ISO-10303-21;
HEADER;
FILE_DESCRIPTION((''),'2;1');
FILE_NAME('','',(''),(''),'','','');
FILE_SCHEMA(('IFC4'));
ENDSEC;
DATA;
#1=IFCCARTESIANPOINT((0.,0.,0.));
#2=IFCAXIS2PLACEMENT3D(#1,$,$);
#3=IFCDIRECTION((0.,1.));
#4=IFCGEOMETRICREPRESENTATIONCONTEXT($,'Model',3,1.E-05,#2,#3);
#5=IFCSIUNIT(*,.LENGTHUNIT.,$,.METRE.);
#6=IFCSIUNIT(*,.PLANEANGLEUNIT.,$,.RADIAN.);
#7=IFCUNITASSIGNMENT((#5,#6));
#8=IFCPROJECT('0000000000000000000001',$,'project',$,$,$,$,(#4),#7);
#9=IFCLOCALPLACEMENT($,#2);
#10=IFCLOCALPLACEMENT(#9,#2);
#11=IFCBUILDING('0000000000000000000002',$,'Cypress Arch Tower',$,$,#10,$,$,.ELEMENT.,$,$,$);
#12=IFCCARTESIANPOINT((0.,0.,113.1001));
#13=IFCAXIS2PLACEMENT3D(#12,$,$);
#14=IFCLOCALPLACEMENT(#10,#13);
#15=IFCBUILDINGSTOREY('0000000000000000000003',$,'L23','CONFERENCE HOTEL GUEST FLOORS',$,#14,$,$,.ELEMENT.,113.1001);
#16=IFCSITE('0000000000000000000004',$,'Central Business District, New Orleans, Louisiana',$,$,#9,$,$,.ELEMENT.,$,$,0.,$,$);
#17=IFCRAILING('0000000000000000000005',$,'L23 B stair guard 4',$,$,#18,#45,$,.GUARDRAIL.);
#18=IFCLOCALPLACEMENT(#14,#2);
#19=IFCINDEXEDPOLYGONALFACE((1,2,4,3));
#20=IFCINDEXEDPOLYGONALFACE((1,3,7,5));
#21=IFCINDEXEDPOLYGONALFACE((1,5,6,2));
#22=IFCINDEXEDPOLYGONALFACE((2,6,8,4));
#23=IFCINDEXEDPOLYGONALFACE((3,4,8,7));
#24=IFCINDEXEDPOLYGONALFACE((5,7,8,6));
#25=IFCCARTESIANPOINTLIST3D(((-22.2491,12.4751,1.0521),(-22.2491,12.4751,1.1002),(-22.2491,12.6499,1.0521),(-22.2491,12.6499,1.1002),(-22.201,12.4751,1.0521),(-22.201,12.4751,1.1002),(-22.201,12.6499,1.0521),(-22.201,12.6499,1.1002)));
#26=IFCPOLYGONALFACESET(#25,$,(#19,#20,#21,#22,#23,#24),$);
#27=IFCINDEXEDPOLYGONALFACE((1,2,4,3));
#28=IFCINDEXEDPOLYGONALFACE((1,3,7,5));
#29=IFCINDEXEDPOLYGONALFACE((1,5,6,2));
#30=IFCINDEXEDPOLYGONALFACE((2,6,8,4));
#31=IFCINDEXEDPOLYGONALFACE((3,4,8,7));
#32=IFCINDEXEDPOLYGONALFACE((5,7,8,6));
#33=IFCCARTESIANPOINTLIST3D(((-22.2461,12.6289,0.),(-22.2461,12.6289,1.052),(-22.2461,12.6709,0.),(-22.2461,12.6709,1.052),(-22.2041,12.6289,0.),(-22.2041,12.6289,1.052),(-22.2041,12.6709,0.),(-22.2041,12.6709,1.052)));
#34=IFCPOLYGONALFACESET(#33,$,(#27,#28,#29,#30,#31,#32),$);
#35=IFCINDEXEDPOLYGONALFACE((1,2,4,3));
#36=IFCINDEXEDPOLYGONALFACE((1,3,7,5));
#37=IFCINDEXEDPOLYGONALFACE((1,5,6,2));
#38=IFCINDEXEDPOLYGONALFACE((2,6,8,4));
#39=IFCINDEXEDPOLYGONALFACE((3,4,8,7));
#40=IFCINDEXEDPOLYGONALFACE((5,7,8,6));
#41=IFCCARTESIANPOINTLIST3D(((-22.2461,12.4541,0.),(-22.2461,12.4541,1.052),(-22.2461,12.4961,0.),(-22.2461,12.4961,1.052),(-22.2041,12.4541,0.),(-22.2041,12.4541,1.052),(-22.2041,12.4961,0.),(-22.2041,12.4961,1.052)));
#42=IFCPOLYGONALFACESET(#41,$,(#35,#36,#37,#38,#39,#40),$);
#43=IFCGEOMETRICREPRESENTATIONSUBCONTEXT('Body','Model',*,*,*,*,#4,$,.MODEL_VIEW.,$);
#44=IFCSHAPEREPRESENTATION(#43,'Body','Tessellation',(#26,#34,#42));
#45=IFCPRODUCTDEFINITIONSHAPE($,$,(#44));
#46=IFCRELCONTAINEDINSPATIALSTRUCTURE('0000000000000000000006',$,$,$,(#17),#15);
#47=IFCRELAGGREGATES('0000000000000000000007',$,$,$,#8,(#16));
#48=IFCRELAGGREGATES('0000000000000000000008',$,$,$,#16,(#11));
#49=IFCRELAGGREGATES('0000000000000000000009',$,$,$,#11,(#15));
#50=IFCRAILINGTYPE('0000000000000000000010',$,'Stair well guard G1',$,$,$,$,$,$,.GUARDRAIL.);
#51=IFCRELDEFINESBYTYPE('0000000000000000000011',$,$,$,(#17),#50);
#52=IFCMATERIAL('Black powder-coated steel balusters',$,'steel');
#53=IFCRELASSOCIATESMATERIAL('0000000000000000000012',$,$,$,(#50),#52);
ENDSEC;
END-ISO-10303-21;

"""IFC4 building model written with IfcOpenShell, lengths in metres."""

from ifc_helpers import new_model, si_unit, direction, frame, origin, origin_2d, place, context, subcontext, project, spatial, rectangle, extrude, material, type_object, element, save


model = new_model("IFC4")

# Units and contexts
model_context = context("Model", 3, precision=1e-05, world=origin(), true_north=direction((0.0, 1.0)))
body_context = subcontext(model_context, "Body", "Model", "MODEL_VIEW")
ifc_project = project(units=[si_unit("LENGTHUNIT", "METRE"), si_unit("PLANEANGLEUNIT", "RADIAN")], contexts=[model_context])

# Site, building, storey
site_placement = place(None, origin())
site = spatial("IfcSite", under=ifc_project, at=site_placement, Name="Central Business District, New Orleans, Louisiana", CompositionType="ELEMENT", RefElevation=0.0)
building_placement = place(site_placement, origin())
building = spatial("IfcBuilding", under=site, at=building_placement, Name="Cypress Arch Tower", CompositionType="ELEMENT")
storey_placement = place(building_placement, frame((0.0, 0.0, 113.1001)))
storey = spatial("IfcBuildingStorey", under=building, at=storey_placement, Name="L23", Description="CONFERENCE HOTEL GUEST FLOORS", CompositionType="ELEMENT", Elevation=113.1001)

# Railing
ifc_material_1 = material(Name="Black powder-coated steel balusters", Category="steel")
railing_type_1 = type_object("IfcRailingType", Name="Stair well guard G1", PredefinedType="GUARDRAIL", material=ifc_material_1)
railing_1_placement = place(storey_placement, frame((-22.2251, 12.6499, 0.0)))
element("IfcRailing", 1, at=railing_1_placement, inside=storey, type_object=railing_type_1, Name="L23 B stair guard 4", PredefinedType="GUARDRAIL", context=body_context, shape_type="SweptSolid", body=[
    extrude(rectangle(XDim=0.0481, YDim=0.0481, at=origin_2d()), frame((0.0, 0.0, 1.0762), z_axis=(0.0, -1.0, 0.0), x_axis=(1.0, 0.0, 0.0)), (0.0, 0.0, 1.0), 0.1748),
    extrude(rectangle(XDim=0.042, YDim=0.042, at=origin_2d()), origin(), (0.0, 0.0, 1.0), 1.052),
    extrude(rectangle(XDim=0.042, YDim=0.042, at=origin_2d()), frame((0.0, -0.1748, 0.0)), (0.0, 0.0, 1.0), 1.052),
])

save(model, "model.ifc")
